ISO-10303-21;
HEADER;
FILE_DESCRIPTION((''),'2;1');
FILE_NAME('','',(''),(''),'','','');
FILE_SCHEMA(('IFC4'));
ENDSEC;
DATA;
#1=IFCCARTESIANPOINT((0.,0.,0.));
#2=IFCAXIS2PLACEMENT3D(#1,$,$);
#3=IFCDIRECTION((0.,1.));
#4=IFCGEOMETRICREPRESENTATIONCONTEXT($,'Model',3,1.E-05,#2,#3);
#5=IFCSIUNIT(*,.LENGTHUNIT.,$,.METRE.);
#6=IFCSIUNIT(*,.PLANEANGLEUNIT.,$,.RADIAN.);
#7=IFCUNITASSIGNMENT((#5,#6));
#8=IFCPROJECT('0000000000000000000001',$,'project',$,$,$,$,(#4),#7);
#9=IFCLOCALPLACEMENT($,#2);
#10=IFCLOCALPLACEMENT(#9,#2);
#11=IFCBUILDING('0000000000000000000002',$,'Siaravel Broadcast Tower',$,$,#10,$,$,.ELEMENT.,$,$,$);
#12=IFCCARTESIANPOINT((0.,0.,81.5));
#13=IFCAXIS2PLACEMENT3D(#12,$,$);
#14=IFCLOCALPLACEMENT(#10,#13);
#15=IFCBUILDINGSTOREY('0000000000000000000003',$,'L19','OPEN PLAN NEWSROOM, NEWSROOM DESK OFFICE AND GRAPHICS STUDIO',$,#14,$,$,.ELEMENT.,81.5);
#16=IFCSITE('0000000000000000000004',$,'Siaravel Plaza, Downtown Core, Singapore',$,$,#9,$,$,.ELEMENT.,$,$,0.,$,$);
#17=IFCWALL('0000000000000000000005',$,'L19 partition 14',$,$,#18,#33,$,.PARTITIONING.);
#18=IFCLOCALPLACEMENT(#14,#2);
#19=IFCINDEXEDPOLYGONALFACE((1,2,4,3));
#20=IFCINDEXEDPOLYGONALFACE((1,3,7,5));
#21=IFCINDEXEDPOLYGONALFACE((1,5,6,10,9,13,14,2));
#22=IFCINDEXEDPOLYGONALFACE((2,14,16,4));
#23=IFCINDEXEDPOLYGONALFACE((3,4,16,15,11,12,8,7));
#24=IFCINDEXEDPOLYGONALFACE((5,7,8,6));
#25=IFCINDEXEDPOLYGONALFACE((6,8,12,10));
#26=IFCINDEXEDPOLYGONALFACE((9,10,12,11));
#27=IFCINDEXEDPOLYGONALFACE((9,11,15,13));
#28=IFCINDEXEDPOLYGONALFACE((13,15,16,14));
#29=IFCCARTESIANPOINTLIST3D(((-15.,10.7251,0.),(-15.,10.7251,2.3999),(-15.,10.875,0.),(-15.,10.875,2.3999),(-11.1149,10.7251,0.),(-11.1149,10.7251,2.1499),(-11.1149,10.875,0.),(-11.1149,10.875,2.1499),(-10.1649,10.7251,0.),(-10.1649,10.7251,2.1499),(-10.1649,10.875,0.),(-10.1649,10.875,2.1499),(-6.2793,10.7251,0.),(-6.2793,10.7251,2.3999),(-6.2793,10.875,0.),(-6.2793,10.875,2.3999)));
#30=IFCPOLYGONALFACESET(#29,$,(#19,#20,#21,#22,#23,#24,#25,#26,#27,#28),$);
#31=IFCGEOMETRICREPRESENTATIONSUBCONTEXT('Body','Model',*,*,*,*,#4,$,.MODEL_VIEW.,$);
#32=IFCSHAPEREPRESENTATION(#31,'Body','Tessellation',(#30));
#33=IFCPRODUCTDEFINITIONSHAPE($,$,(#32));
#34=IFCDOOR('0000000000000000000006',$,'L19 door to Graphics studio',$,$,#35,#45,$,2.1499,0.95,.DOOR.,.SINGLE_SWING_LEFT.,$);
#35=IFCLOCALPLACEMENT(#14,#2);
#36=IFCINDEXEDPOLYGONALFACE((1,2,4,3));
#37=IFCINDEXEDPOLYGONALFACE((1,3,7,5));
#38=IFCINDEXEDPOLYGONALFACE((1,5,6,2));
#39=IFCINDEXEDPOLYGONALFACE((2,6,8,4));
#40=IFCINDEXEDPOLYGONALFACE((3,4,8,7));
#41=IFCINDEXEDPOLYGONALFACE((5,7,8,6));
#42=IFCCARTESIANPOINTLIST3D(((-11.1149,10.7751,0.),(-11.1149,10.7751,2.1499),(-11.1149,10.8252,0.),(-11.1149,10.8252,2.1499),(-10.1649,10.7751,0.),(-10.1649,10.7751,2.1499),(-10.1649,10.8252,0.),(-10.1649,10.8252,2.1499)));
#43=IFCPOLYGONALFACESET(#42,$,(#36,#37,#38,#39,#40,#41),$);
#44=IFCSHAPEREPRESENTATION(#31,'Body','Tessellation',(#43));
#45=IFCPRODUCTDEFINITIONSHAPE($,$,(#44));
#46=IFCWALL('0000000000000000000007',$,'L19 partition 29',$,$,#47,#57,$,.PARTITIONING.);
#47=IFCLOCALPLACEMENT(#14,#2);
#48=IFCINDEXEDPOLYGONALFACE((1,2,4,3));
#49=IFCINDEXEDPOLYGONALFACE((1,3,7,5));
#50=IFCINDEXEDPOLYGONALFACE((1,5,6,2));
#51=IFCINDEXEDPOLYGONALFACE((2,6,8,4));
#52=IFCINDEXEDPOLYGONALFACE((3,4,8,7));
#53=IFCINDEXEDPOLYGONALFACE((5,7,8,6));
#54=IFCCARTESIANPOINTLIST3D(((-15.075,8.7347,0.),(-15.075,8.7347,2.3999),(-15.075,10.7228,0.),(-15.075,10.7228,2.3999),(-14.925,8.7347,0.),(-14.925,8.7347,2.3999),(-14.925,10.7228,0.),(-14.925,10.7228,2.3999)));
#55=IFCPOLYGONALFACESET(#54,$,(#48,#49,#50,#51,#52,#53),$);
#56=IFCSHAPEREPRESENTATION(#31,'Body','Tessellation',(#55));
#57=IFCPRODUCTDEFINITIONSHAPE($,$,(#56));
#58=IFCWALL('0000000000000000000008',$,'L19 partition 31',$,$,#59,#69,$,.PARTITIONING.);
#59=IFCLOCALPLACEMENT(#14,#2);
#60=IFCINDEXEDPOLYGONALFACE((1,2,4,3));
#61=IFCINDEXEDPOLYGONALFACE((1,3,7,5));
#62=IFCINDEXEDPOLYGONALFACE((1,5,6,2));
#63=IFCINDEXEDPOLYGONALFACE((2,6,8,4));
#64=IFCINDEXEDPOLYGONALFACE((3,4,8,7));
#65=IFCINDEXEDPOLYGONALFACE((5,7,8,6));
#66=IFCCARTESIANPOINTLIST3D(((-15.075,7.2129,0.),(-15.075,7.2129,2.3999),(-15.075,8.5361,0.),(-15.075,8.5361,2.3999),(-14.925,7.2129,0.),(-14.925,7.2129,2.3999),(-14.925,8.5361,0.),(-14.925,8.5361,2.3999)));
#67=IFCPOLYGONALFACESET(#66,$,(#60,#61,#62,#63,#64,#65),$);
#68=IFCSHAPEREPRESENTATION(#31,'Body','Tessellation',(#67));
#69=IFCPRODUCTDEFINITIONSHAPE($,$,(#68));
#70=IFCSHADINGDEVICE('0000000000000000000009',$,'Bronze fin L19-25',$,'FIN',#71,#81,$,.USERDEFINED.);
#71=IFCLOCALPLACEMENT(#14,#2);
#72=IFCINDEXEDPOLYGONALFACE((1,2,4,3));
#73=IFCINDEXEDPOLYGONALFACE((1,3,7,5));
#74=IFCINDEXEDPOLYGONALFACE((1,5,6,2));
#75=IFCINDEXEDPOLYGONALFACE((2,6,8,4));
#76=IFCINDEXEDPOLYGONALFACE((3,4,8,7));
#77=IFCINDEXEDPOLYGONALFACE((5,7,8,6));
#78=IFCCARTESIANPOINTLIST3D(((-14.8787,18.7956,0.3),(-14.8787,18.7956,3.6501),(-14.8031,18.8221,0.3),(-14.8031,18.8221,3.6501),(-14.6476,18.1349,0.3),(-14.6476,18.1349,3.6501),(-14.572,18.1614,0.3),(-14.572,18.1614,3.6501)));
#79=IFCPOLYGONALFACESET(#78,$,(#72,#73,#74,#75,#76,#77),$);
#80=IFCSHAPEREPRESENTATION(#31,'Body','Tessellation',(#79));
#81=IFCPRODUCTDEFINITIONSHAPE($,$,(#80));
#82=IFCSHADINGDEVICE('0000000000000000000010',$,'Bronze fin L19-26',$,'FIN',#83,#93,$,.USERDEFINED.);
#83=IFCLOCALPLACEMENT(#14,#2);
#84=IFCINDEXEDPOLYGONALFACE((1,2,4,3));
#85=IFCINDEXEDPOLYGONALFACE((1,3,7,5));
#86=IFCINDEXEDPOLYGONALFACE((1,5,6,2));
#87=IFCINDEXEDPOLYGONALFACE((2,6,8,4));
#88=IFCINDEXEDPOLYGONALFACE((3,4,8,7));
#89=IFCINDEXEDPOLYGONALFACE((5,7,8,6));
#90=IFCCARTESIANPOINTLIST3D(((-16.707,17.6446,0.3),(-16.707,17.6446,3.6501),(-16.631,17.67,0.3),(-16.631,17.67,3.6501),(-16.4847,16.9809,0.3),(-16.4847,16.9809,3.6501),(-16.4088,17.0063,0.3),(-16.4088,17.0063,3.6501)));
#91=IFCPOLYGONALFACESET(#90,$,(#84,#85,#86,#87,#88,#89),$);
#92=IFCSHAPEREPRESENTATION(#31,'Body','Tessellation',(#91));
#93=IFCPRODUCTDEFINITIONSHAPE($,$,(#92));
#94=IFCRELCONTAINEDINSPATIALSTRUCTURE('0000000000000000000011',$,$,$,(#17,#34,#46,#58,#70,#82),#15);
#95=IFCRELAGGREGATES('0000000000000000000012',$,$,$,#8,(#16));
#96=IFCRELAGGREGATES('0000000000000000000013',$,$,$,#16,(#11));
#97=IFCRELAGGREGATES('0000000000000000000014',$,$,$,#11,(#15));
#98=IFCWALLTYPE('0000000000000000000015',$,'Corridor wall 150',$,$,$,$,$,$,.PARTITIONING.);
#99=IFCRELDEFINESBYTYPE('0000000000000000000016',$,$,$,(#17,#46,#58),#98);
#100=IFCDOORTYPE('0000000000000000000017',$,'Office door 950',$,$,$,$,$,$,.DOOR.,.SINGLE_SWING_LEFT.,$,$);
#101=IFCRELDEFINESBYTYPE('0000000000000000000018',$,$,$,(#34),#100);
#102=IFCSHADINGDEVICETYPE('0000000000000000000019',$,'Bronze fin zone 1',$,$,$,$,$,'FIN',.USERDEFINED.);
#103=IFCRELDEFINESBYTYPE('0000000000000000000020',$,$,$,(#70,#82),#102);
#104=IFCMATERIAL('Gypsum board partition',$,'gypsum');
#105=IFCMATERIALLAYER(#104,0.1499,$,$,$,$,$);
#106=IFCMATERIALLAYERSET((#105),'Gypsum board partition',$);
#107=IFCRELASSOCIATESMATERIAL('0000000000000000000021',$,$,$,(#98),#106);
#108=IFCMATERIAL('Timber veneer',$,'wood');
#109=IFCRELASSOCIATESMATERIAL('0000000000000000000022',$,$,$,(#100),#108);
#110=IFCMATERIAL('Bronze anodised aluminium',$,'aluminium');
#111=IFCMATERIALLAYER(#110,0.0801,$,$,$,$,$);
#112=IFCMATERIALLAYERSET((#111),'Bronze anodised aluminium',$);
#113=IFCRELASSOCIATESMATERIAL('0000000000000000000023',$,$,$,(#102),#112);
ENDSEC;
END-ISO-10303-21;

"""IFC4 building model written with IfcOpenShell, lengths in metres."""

from ifc_helpers import new_model, si_unit, direction, frame, frame_2d, origin, origin_2d, place, context, subcontext, project, spatial, rectangle, extrude, material, layer, layer_set, type_object, element, fill, save


model = new_model("IFC4")

# Units and contexts
model_context = context("Model", 3, precision=1e-05, world=origin(), true_north=direction((0.0, 1.0)))
body_context = subcontext(model_context, "Body", "Model", "MODEL_VIEW")
ifc_project = project(units=[si_unit("LENGTHUNIT", "METRE"), si_unit("PLANEANGLEUNIT", "RADIAN")], contexts=[model_context])

# Site, building, storey
site_placement = place(None, origin())
site = spatial("IfcSite", under=ifc_project, at=site_placement, Name="Siaravel Plaza, Downtown Core, Singapore", CompositionType="ELEMENT", RefElevation=0.0)
building_placement = place(site_placement, origin())
building = spatial("IfcBuilding", under=site, at=building_placement, Name="Siaravel Broadcast Tower", CompositionType="ELEMENT")
storey_placement = place(building_placement, frame((0.0, 0.0, 81.5)))
storey = spatial("IfcBuildingStorey", under=building, at=storey_placement, Name="L19", Description="OPEN PLAN NEWSROOM, NEWSROOM DESK OFFICE AND GRAPHICS STUDIO", CompositionType="ELEMENT", Elevation=81.5)

# Wall, opening, door
ifc_material_1 = material(Name="Gypsum board partition", Category="gypsum")
ifc_layer_1 = layer(ifc_material_1, 0.1499)
ifc_layer_set_1 = layer_set([ifc_layer_1], Name="Gypsum board partition")
wall_type = type_object("IfcWallType", Name="Corridor wall 150", PredefinedType="PARTITIONING", material=ifc_layer_set_1)
wall_1_placement = place(storey_placement, frame((-6.2793, 10.8, 0.0), z_axis=(0.0, 0.0, 1.0), x_axis=(-1.0, 0.0, 0.0)))
wall_1 = element("IfcWall", 1, at=wall_1_placement, inside=storey, type_object=wall_type, Name="L19 partition 14", PredefinedType="PARTITIONING", context=body_context, shape_type="SweptSolid", body=[
    extrude(rectangle(XDim=8.7207, YDim=0.1499, at=frame_2d((4.3604, 0.0))), origin(), (0.0, 0.0, 1.0), 2.3999),
])
opening_placement = place(wall_1_placement, frame((3.8855, 0.0, 0.0)))
opening = element("IfcOpeningElement", 2, at=opening_placement, cuts=wall_1, PredefinedType="OPENING", context=body_context, shape_type="SweptSolid", body=[
    extrude(rectangle(XDim=0.95, YDim=2.1499, at=frame_2d((0.4751, 1.075))), frame((0.0, 0.085, 0.0), z_axis=(0.0, -1.0, 0.0), x_axis=(1.0, 0.0, 0.0)), (0.0, 0.0, 1.0), 0.1699),
])
ifc_material_2 = material(Name="Timber veneer", Category="wood")
door_type = type_object("IfcDoorType", Name="Office door 950", OperationType="SINGLE_SWING_LEFT", PredefinedType="DOOR", material=ifc_material_2)
door_placement = place(opening_placement, origin())
door = element("IfcDoor", 3, at=door_placement, inside=storey, type_object=door_type, Name="L19 door to Graphics studio", OperationType="SINGLE_SWING_LEFT", OverallHeight=2.1499, OverallWidth=0.95, PredefinedType="DOOR", context=body_context, shape_type="SweptSolid", body=[
    extrude(rectangle(XDim=0.95, YDim=2.1499, at=frame_2d((0.4751, 1.075))), frame((0.0, 0.0249, 0.0), z_axis=(0.0, -1.0, 0.0), x_axis=(1.0, 0.0, 0.0)), (0.0, 0.0, 1.0), 0.05),
])
fill(opening, door)

# Walls
wall_2_placement = place(storey_placement, frame((-15.0, 10.7229, 0.0), z_axis=(0.0, 0.0, 1.0), x_axis=(0.0, -1.0, 0.0)))
element("IfcWall", 4, at=wall_2_placement, inside=storey, type_object=wall_type, Name="L19 partition 29", PredefinedType="PARTITIONING", context=body_context, shape_type="SweptSolid", body=[
    extrude(rectangle(XDim=1.988, YDim=0.1499, at=frame_2d((0.9941, 0.0))), origin(), (0.0, 0.0, 1.0), 2.3999),
])
wall_3_placement = place(storey_placement, frame((-15.0, 8.5361, 0.0), z_axis=(0.0, 0.0, 1.0), x_axis=(0.0, -1.0, 0.0)))
element("IfcWall", 5, at=wall_3_placement, inside=storey, type_object=wall_type, Name="L19 partition 31", PredefinedType="PARTITIONING", context=body_context, shape_type="SweptSolid", body=[
    extrude(rectangle(XDim=1.3232, YDim=0.1499, at=frame_2d((0.6616, 0.0))), origin(), (0.0, 0.0, 1.0), 2.3999),
])

# Shading devices
ifc_material_3 = material(Name="Bronze anodised aluminium", Category="aluminium")
ifc_layer_2 = layer(ifc_material_3, 0.0801)
ifc_layer_set_2 = layer_set([ifc_layer_2], Name="Bronze anodised aluminium")
shading_device_type = type_object("IfcShadingDeviceType", Name="Bronze fin zone 1", ElementType="FIN", PredefinedType="USERDEFINED", material=ifc_layer_set_2)
for number, where, z_axis, x_axis, name in (
    (6, (-14.7253, 18.4785, 0.3), (0.0, 0.0, 1.0), (-0.330145, 0.94393, 0.0), "Bronze fin L19-25"),
    (7, (-16.5579, 17.3254, 0.3), (0.0, 0.0, 1.0), (-0.31755, 0.948242, 0.0), "Bronze fin L19-26"),
):
    element("IfcShadingDevice", number, at=place(storey_placement, frame(where, z_axis=z_axis, x_axis=x_axis)), inside=storey, type_object=shading_device_type, Name=name, ObjectType="FIN", PredefinedType="USERDEFINED", context=body_context, shape_type="SweptSolid", body=[
        extrude(rectangle(XDim=0.7, YDim=0.0801, at=origin_2d()), origin(), (0.0, 0.0, 1.0), 3.3501),
    ])

save(model, "model.ifc")
